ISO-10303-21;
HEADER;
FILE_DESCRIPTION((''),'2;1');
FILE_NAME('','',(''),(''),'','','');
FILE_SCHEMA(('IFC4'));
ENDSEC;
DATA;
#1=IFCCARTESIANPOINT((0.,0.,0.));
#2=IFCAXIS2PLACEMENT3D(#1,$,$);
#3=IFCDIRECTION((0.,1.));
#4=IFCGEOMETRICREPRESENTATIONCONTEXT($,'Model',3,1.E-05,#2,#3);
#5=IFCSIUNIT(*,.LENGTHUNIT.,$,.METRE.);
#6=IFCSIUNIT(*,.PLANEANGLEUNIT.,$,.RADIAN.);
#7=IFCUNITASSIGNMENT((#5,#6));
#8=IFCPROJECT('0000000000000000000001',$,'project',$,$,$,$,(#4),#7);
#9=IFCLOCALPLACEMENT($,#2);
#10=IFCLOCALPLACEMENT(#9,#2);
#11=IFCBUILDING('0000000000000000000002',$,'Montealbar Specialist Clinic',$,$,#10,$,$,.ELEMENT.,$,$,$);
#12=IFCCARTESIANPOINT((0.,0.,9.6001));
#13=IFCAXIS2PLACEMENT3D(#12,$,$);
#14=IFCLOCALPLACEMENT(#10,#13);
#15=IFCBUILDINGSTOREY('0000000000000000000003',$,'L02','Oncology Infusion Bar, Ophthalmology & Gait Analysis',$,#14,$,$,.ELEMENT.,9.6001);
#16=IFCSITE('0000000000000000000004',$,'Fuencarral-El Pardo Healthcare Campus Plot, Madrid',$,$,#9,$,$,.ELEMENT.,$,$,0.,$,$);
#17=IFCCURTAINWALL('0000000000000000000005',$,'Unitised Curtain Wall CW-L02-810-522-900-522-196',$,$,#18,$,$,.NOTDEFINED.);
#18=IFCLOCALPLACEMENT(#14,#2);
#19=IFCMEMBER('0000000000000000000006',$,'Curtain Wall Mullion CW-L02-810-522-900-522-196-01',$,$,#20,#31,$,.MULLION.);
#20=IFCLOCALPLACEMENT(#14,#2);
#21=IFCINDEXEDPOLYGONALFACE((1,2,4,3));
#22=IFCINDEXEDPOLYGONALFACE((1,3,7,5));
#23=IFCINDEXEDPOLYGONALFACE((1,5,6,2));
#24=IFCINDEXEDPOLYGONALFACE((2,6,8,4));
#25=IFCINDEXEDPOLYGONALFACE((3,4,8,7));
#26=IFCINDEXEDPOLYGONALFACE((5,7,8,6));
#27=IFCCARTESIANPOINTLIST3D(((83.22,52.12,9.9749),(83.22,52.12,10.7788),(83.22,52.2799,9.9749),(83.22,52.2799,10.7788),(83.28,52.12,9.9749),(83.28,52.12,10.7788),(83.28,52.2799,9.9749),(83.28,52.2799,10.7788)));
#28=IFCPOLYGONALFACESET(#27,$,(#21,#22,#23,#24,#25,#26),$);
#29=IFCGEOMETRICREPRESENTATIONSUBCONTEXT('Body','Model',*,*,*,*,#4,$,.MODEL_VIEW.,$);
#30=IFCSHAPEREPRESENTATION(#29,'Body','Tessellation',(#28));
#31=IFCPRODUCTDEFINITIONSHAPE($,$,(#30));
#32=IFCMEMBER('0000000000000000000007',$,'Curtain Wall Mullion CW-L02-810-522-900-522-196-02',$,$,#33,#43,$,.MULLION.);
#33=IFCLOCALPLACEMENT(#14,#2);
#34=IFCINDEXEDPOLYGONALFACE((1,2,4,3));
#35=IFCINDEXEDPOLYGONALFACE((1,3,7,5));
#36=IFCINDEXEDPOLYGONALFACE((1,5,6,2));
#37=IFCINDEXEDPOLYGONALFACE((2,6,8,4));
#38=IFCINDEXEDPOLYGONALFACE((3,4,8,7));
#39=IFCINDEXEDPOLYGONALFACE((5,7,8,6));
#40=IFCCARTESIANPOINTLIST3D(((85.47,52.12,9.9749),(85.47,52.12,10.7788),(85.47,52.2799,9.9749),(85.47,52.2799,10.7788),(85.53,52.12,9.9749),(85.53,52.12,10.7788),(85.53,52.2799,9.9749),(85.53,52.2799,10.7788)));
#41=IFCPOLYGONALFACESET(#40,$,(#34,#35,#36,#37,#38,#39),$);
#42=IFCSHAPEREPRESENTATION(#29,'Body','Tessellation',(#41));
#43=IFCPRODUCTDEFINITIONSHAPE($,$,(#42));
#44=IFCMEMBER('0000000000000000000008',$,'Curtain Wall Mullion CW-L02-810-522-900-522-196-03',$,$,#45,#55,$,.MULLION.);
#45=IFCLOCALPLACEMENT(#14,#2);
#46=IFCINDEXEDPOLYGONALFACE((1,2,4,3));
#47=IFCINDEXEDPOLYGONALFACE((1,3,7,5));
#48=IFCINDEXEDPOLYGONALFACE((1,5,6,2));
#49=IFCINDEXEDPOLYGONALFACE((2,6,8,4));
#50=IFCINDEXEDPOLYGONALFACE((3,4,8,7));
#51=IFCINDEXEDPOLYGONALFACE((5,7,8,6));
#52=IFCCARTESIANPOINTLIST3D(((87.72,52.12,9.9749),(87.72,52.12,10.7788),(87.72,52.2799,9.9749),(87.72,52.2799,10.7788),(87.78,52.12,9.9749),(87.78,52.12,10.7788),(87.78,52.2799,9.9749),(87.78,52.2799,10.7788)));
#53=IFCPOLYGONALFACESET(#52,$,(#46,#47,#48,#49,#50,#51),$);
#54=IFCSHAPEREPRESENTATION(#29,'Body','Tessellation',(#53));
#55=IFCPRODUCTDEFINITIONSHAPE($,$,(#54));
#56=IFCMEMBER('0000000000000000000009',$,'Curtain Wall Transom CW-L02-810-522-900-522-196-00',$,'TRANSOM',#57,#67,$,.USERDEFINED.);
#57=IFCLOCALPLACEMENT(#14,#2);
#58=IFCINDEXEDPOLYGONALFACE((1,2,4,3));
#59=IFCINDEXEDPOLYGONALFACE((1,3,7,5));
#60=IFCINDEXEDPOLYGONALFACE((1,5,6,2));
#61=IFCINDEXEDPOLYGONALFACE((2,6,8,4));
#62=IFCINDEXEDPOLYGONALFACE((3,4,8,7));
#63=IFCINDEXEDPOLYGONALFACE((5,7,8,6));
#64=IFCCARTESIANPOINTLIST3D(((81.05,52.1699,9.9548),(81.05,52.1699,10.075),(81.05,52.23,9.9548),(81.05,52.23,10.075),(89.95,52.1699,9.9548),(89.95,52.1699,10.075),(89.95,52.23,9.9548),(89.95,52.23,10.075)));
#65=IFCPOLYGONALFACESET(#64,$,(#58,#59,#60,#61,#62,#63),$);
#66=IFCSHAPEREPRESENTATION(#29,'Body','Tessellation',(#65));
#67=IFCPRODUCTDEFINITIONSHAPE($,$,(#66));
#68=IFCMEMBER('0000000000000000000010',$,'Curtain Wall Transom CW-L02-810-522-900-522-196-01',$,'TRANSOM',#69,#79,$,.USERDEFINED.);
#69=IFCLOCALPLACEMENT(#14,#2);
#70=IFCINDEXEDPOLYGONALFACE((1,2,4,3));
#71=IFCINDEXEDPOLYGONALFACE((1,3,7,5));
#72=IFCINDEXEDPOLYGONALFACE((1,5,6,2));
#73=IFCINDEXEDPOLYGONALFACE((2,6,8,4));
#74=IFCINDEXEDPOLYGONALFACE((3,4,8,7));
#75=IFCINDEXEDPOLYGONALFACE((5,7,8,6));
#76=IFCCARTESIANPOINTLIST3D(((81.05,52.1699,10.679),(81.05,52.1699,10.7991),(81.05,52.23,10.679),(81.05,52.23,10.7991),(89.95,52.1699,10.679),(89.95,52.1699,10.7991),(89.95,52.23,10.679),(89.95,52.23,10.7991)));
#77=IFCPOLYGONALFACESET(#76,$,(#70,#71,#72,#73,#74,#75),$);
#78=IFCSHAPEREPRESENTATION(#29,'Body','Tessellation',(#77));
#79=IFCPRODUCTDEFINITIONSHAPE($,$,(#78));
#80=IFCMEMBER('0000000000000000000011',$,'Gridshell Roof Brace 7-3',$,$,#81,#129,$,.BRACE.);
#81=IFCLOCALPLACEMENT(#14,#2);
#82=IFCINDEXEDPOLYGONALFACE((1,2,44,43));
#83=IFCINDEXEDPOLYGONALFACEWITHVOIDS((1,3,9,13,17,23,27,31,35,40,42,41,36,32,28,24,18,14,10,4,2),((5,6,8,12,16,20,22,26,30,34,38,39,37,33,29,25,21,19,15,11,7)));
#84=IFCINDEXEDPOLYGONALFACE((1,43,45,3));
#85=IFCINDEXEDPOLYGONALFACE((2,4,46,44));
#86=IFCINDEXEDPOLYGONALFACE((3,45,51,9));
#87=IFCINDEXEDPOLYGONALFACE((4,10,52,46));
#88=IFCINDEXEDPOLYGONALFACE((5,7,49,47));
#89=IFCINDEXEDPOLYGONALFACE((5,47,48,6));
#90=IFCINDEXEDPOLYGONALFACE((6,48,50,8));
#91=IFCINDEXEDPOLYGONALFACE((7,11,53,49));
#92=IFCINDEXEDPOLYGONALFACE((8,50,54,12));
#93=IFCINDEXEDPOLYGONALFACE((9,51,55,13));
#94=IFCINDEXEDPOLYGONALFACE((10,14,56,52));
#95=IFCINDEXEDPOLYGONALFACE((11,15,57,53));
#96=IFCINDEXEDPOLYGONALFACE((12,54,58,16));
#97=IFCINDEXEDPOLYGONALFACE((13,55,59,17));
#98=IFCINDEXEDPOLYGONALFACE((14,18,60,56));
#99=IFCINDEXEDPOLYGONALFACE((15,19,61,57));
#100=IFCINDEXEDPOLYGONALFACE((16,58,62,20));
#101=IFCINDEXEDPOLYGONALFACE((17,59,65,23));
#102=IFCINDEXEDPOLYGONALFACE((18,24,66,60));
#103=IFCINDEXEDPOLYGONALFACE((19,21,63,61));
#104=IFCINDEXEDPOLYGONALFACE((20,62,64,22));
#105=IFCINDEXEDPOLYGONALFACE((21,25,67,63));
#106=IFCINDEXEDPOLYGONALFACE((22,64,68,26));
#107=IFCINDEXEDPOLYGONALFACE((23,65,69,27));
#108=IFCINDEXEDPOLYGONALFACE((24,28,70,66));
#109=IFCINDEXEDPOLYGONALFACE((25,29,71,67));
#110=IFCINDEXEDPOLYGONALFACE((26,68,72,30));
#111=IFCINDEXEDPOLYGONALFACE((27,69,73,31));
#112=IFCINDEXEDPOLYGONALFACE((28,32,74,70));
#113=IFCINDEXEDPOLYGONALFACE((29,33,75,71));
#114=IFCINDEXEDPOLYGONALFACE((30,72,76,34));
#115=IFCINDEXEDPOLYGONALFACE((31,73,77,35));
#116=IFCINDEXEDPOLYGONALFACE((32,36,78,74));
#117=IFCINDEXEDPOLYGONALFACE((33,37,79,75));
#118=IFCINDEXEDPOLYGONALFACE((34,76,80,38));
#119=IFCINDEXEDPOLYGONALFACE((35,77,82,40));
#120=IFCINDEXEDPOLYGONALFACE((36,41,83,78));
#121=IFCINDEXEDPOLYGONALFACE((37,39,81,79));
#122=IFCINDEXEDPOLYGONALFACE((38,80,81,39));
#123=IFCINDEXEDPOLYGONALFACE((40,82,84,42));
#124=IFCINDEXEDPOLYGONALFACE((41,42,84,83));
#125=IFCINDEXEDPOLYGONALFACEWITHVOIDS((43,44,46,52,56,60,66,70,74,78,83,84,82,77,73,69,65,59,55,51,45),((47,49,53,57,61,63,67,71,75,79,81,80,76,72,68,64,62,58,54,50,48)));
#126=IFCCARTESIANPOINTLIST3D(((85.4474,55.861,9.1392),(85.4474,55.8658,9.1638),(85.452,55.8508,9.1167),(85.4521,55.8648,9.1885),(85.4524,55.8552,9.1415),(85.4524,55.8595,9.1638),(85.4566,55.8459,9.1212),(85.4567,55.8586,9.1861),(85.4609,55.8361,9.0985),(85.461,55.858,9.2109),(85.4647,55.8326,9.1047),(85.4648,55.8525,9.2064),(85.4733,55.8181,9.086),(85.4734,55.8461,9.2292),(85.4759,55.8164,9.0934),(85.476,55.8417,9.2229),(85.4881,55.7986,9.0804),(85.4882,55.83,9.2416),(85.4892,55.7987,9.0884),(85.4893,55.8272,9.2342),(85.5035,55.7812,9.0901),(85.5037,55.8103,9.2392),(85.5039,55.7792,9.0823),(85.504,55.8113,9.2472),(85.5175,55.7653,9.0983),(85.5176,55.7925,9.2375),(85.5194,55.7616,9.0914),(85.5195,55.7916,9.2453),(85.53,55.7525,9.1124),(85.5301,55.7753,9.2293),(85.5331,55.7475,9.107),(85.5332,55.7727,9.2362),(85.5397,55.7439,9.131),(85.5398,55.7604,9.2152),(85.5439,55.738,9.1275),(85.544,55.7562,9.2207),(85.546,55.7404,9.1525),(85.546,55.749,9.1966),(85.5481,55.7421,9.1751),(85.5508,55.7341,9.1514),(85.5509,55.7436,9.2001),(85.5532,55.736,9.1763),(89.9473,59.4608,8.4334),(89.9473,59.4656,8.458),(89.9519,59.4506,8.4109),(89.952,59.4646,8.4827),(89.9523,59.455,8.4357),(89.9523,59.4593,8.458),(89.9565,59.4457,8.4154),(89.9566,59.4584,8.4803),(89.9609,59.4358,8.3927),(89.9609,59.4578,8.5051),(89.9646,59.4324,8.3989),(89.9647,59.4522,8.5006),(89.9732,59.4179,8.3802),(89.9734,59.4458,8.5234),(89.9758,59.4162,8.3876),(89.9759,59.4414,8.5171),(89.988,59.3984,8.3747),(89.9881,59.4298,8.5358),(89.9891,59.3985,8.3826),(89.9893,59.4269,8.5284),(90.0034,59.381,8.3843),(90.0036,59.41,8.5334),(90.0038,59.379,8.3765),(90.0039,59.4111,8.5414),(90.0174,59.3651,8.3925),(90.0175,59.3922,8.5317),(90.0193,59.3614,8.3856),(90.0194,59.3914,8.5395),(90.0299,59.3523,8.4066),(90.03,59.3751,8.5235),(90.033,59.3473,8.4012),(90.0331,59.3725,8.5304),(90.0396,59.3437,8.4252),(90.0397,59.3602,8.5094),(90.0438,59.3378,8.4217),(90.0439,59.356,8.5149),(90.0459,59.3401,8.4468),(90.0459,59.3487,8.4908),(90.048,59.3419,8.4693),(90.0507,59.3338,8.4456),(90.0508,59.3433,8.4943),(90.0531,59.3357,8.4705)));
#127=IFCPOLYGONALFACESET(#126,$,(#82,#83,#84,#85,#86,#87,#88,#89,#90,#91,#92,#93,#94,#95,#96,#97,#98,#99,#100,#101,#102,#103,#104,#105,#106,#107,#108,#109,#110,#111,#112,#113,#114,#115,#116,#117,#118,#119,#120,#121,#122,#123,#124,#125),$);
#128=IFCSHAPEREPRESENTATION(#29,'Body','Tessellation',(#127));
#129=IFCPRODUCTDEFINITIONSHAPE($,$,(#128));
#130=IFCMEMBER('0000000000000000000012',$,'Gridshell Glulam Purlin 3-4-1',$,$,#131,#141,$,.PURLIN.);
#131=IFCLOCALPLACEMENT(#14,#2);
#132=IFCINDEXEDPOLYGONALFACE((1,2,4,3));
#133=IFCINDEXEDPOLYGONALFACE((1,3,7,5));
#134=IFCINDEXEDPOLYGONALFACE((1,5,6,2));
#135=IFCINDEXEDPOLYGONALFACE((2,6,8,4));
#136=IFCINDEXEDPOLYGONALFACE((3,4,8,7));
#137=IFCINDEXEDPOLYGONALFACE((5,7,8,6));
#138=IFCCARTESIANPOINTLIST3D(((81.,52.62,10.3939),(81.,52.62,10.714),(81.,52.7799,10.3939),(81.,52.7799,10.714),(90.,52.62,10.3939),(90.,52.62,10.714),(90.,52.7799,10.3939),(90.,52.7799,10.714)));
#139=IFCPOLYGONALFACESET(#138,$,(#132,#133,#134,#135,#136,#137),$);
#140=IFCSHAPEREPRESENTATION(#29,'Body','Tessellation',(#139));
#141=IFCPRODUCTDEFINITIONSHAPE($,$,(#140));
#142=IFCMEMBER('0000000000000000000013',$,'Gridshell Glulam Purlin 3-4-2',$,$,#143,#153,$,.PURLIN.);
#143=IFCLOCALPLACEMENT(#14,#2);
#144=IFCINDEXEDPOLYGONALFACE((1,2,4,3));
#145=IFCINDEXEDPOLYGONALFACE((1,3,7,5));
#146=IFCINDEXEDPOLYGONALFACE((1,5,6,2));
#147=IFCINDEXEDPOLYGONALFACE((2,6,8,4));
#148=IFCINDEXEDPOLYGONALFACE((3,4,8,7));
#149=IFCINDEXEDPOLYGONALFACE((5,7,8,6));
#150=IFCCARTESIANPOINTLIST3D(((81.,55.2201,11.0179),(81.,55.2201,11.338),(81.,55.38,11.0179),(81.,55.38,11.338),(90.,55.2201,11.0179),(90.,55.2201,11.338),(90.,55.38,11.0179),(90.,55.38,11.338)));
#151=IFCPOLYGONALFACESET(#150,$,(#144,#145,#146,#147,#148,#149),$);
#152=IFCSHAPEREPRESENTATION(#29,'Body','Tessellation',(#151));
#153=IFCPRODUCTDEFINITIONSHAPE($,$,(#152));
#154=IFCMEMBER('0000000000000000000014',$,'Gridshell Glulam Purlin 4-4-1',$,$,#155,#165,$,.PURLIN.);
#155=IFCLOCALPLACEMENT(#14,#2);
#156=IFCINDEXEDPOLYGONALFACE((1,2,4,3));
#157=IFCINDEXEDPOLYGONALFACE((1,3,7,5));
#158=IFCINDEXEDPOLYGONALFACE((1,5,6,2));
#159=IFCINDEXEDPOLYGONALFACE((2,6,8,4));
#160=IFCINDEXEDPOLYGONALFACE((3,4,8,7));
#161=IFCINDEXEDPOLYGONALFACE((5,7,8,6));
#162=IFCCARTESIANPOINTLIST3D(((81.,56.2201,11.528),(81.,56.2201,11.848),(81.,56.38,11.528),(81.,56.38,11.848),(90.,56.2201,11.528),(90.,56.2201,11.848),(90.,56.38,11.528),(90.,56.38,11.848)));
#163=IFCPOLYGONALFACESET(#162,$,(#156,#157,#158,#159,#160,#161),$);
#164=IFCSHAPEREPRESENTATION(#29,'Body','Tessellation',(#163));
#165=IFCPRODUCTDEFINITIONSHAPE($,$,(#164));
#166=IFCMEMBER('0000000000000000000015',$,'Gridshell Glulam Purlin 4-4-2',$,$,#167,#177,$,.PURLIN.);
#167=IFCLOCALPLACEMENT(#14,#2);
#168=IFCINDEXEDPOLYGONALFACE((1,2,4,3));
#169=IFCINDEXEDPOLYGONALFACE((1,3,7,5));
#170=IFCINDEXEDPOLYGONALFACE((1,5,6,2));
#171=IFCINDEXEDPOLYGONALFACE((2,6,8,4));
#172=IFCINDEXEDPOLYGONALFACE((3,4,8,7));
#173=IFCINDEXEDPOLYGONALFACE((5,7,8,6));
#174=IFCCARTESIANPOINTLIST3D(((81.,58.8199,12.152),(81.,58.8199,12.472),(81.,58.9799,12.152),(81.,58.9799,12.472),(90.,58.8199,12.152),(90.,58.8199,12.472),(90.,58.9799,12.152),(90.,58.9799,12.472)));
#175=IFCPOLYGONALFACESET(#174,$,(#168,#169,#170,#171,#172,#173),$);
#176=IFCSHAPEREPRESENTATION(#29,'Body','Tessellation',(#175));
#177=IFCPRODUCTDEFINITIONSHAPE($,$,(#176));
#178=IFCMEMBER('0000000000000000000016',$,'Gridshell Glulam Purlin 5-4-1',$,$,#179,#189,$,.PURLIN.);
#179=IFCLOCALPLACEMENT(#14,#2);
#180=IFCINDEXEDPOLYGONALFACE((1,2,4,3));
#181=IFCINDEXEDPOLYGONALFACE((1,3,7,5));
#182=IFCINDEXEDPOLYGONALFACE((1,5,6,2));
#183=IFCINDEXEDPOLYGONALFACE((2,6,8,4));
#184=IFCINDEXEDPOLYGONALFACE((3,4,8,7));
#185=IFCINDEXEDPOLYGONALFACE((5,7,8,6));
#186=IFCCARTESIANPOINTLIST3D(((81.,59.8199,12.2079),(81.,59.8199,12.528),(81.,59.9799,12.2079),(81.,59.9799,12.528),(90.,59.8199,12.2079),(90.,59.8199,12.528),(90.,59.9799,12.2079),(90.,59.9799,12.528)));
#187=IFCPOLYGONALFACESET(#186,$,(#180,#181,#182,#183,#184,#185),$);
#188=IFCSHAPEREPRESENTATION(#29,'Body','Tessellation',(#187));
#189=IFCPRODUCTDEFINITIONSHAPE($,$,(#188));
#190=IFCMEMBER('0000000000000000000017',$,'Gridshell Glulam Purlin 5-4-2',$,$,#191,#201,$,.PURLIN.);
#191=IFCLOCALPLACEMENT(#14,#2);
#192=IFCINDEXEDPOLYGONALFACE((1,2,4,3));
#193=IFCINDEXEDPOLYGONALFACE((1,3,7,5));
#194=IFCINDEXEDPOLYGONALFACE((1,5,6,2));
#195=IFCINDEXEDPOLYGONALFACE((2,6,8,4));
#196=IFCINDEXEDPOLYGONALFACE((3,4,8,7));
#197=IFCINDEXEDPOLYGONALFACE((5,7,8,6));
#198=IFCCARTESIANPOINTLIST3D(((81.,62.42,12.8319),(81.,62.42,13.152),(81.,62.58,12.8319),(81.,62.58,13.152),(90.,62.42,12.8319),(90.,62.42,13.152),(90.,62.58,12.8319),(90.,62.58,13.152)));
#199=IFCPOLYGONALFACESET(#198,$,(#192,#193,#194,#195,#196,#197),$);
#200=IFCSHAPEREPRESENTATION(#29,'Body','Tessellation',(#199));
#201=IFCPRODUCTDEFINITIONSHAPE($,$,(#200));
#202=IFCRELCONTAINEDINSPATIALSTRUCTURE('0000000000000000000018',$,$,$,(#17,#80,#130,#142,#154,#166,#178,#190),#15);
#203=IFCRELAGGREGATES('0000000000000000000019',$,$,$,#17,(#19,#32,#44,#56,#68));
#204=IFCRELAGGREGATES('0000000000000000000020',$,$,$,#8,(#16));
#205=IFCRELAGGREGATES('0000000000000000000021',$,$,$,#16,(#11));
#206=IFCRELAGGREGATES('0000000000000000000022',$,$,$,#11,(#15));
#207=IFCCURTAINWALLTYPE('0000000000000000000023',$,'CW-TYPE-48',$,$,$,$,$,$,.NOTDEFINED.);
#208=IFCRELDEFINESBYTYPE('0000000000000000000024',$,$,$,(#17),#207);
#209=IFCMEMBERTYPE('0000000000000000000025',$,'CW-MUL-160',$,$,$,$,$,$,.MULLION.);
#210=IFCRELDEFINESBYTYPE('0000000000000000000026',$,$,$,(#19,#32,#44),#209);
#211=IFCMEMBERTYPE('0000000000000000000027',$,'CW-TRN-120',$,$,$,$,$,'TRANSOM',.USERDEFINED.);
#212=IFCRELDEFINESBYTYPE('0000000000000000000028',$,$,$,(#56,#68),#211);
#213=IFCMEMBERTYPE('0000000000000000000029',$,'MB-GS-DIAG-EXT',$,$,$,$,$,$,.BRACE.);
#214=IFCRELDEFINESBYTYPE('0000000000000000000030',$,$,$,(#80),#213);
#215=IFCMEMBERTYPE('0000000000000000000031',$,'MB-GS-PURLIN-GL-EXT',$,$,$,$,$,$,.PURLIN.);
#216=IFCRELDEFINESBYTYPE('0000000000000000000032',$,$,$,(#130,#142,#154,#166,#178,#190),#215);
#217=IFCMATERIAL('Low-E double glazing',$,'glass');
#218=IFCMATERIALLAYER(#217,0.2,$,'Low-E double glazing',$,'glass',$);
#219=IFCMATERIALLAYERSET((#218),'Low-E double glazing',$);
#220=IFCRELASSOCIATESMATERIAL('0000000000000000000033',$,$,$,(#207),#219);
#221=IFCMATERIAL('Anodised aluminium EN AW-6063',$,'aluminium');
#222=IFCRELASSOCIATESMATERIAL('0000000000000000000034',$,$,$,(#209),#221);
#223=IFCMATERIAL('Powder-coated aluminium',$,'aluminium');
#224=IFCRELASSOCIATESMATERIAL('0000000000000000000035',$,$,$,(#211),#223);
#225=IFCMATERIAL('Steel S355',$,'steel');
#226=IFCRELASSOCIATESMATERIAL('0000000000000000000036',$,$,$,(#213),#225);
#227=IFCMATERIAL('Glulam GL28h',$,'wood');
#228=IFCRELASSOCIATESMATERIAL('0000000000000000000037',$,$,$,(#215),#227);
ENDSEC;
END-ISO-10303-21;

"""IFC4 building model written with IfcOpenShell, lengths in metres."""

from ifc_helpers import new_model, si_unit, direction, frame, origin, origin_2d, place, context, subcontext, project, spatial, rectangle, hollow_circle, extrude, material, layer, layer_set, material_profile, profile_set, type_object, element, aggregate, save


model = new_model("IFC4")

# Units and contexts
model_context = context("Model", 3, precision=1e-05, world=origin(), true_north=direction((0.0, 1.0)))
body_context = subcontext(model_context, "Body", "Model", "MODEL_VIEW")
ifc_project = project(units=[si_unit("LENGTHUNIT", "METRE"), si_unit("PLANEANGLEUNIT", "RADIAN")], contexts=[model_context])

# Site, building, storey
site_placement = place(None, origin())
site = spatial("IfcSite", under=ifc_project, at=site_placement, Name="Fuencarral-El Pardo Healthcare Campus Plot, Madrid", CompositionType="ELEMENT", RefElevation=0.0)
building_placement = place(site_placement, origin())
building = spatial("IfcBuilding", under=site, at=building_placement, Name="Montealbar Specialist Clinic", CompositionType="ELEMENT")
storey_placement = place(building_placement, frame((0.0, 0.0, 9.6001)))
storey = spatial("IfcBuildingStorey", under=building, at=storey_placement, Name="L02", Description="Oncology Infusion Bar, Ophthalmology & Gait Analysis", CompositionType="ELEMENT", Elevation=9.6001)

# Shared definitions
ifc_material_1 = material(Name="Steel S355", Category="steel")
ifc_material_2 = material(Name="Glulam GL28h", Category="wood")

# Curtain wall, members
ifc_material_3 = material(Name="Low-E double glazing", Category="glass")
ifc_layer_1 = layer(ifc_material_3, 0.2, Name="Low-E double glazing", Category="glass")
ifc_layer_set_1 = layer_set([ifc_layer_1], Name="Low-E double glazing")
curtain_wall_type = type_object("IfcCurtainWallType", Name="CW-TYPE-48", PredefinedType="NOTDEFINED", material=ifc_layer_set_1)
curtain_wall_placement = place(storey_placement, origin())
curtain_wall = element("IfcCurtainWall", 1, at=curtain_wall_placement, inside=storey, type_object=curtain_wall_type, Name="Unitised Curtain Wall CW-L02-810-522-900-522-196", PredefinedType="NOTDEFINED")
ifc_material_4 = material(Name="Anodised aluminium EN AW-6063", Category="aluminium")
ifc_material_profile_1 = material_profile(ifc_material_4, rectangle(XDim=0.0601, YDim=0.1599, at=origin_2d()), Name="ALU 60x160", Category="aluminium")
ifc_profile_set_1 = profile_set([ifc_material_profile_1], Name="Anodised aluminium EN AW-6063")
member_type_1 = type_object("IfcMemberType", Name="CW-MUL-160", PredefinedType="MULLION", material=ifc_profile_set_1)
member_1_placement = place(storey_placement, frame((83.25, 52.2, 9.9749), z_axis=(0.0, 0.0, 1.0), x_axis=(1.0, 0.0, 0.0)))
member_1 = element("IfcMember", 2, at=member_1_placement, type_object=member_type_1, Name="Curtain Wall Mullion CW-L02-810-522-900-522-196-01", PredefinedType="MULLION", context=body_context, shape_type="SweptSolid", body=[
    extrude(rectangle(XDim=0.0601, YDim=0.1599, at=origin_2d()), origin(), (0.0, 0.0, 1.0), 0.804),
])
member_2_placement = place(storey_placement, frame((85.5, 52.2, 9.9749), z_axis=(0.0, 0.0, 1.0), x_axis=(1.0, 0.0, 0.0)))
member_2 = element("IfcMember", 3, at=member_2_placement, type_object=member_type_1, Name="Curtain Wall Mullion CW-L02-810-522-900-522-196-02", PredefinedType="MULLION", context=body_context, shape_type="SweptSolid", body=[
    extrude(rectangle(XDim=0.0601, YDim=0.1599, at=origin_2d()), origin(), (0.0, 0.0, 1.0), 0.804),
])
member_3_placement = place(storey_placement, frame((87.75, 52.2, 9.9749), z_axis=(0.0, 0.0, 1.0), x_axis=(1.0, 0.0, 0.0)))
member_3 = element("IfcMember", 4, at=member_3_placement, type_object=member_type_1, Name="Curtain Wall Mullion CW-L02-810-522-900-522-196-03", PredefinedType="MULLION", context=body_context, shape_type="SweptSolid", body=[
    extrude(rectangle(XDim=0.0601, YDim=0.1599, at=origin_2d()), origin(), (0.0, 0.0, 1.0), 0.804),
])
ifc_material_5 = material(Name="Powder-coated aluminium", Category="aluminium")
ifc_material_profile_2 = material_profile(ifc_material_5, rectangle(XDim=0.0601, YDim=0.1201, at=origin_2d()), Name="ALU 60x120", Category="aluminium")
ifc_profile_set_2 = profile_set([ifc_material_profile_2], Name="Powder-coated aluminium")
member_type_2 = type_object("IfcMemberType", Name="CW-TRN-120", ElementType="TRANSOM", PredefinedType="USERDEFINED", material=ifc_profile_set_2)
member_4_placement = place(storey_placement, frame((81.05, 52.2, 10.0149), z_axis=(1.0, 0.0, 0.0), x_axis=(0.0, 1.0, 0.0)))
member_4 = element("IfcMember", 5, at=member_4_placement, type_object=member_type_2, Name="Curtain Wall Transom CW-L02-810-522-900-522-196-00", ObjectType="TRANSOM", PredefinedType="USERDEFINED", context=body_context, shape_type="SweptSolid", body=[
    extrude(rectangle(XDim=0.0601, YDim=0.1201, at=origin_2d()), origin(), (0.0, 0.0, 1.0), 8.8999),
])
member_5_placement = place(storey_placement, frame((81.05, 52.2, 10.739), z_axis=(1.0, 0.0, 0.0), x_axis=(0.0, 1.0, 0.0)))
member_5 = element("IfcMember", 6, at=member_5_placement, type_object=member_type_2, Name="Curtain Wall Transom CW-L02-810-522-900-522-196-01", ObjectType="TRANSOM", PredefinedType="USERDEFINED", context=body_context, shape_type="SweptSolid", body=[
    extrude(rectangle(XDim=0.0601, YDim=0.1201, at=origin_2d()), origin(), (0.0, 0.0, 1.0), 8.8999),
])

# Members
ifc_material_profile_3 = material_profile(ifc_material_1, hollow_circle(Radius=0.0842, WallThickness=0.0081, at=origin_2d()), Name="CHS 168.3x8.0", Category="steel")
ifc_profile_set_3 = profile_set([ifc_material_profile_3], Name="Steel S355")
member_type_3 = type_object("IfcMemberType", Name="MB-GS-DIAG-EXT", PredefinedType="BRACE", material=ifc_profile_set_3)
member_6_placement = place(storey_placement, frame((85.5, 55.8, 9.1638), z_axis=(0.775089, 0.620046, -0.12157), x_axis=(-0.62468, 0.780881, 0.0)))
element("IfcMember", 7, at=member_6_placement, inside=storey, type_object=member_type_3, Name="Gridshell Roof Brace 7-3", PredefinedType="BRACE", context=body_context, shape_type="SweptSolid", body=[
    extrude(hollow_circle(Radius=0.0842, WallThickness=0.0081, at=origin_2d()), origin(), (0.0, 0.0, 1.0), 5.8057),
])
ifc_material_profile_4 = material_profile(ifc_material_2, rectangle(XDim=0.1599, YDim=0.3201, at=origin_2d()), Name="GL28h 160x320", Category="wood")
ifc_profile_set_4 = profile_set([ifc_material_profile_4], Name="Glulam GL28h")
member_type_4 = type_object("IfcMemberType", Name="MB-GS-PURLIN-GL-EXT", PredefinedType="PURLIN", material=ifc_profile_set_4)
for number, where, z_axis, x_axis, name in (
    (8, (81.0, 52.7, 10.554), (1.0, 0.0, 0.0), (0.0, 1.0, 0.0), "Gridshell Glulam Purlin 3-4-1"),
    (9, (81.0, 55.3, 11.178), (1.0, 0.0, 0.0), (0.0, 1.0, 0.0), "Gridshell Glulam Purlin 3-4-2"),
    (10, (81.0, 56.3, 11.688), (1.0, 0.0, 0.0), (0.0, 1.0, 0.0), "Gridshell Glulam Purlin 4-4-1"),
    (11, (81.0, 58.8999, 12.312), (1.0, 0.0, 0.0), (0.0, 1.0, 0.0), "Gridshell Glulam Purlin 4-4-2"),
    (12, (81.0, 59.8999, 12.3679), (1.0, 0.0, 0.0), (0.0, 1.0, 0.0), "Gridshell Glulam Purlin 5-4-1"),
    (13, (81.0, 62.5, 12.9919), (1.0, 0.0, 0.0), (0.0, 1.0, 0.0), "Gridshell Glulam Purlin 5-4-2"),
):
    element("IfcMember", number, at=place(storey_placement, frame(where, z_axis=z_axis, x_axis=x_axis)), inside=storey, type_object=member_type_4, Name=name, PredefinedType="PURLIN", context=body_context, shape_type="SweptSolid", body=[
        extrude(rectangle(XDim=0.1599, YDim=0.3201, at=origin_2d()), origin(), (0.0, 0.0, 1.0), 9.0),
    ])

aggregate(curtain_wall, [member_1, member_2, member_3, member_4, member_5])

save(model, "model.ifc")
